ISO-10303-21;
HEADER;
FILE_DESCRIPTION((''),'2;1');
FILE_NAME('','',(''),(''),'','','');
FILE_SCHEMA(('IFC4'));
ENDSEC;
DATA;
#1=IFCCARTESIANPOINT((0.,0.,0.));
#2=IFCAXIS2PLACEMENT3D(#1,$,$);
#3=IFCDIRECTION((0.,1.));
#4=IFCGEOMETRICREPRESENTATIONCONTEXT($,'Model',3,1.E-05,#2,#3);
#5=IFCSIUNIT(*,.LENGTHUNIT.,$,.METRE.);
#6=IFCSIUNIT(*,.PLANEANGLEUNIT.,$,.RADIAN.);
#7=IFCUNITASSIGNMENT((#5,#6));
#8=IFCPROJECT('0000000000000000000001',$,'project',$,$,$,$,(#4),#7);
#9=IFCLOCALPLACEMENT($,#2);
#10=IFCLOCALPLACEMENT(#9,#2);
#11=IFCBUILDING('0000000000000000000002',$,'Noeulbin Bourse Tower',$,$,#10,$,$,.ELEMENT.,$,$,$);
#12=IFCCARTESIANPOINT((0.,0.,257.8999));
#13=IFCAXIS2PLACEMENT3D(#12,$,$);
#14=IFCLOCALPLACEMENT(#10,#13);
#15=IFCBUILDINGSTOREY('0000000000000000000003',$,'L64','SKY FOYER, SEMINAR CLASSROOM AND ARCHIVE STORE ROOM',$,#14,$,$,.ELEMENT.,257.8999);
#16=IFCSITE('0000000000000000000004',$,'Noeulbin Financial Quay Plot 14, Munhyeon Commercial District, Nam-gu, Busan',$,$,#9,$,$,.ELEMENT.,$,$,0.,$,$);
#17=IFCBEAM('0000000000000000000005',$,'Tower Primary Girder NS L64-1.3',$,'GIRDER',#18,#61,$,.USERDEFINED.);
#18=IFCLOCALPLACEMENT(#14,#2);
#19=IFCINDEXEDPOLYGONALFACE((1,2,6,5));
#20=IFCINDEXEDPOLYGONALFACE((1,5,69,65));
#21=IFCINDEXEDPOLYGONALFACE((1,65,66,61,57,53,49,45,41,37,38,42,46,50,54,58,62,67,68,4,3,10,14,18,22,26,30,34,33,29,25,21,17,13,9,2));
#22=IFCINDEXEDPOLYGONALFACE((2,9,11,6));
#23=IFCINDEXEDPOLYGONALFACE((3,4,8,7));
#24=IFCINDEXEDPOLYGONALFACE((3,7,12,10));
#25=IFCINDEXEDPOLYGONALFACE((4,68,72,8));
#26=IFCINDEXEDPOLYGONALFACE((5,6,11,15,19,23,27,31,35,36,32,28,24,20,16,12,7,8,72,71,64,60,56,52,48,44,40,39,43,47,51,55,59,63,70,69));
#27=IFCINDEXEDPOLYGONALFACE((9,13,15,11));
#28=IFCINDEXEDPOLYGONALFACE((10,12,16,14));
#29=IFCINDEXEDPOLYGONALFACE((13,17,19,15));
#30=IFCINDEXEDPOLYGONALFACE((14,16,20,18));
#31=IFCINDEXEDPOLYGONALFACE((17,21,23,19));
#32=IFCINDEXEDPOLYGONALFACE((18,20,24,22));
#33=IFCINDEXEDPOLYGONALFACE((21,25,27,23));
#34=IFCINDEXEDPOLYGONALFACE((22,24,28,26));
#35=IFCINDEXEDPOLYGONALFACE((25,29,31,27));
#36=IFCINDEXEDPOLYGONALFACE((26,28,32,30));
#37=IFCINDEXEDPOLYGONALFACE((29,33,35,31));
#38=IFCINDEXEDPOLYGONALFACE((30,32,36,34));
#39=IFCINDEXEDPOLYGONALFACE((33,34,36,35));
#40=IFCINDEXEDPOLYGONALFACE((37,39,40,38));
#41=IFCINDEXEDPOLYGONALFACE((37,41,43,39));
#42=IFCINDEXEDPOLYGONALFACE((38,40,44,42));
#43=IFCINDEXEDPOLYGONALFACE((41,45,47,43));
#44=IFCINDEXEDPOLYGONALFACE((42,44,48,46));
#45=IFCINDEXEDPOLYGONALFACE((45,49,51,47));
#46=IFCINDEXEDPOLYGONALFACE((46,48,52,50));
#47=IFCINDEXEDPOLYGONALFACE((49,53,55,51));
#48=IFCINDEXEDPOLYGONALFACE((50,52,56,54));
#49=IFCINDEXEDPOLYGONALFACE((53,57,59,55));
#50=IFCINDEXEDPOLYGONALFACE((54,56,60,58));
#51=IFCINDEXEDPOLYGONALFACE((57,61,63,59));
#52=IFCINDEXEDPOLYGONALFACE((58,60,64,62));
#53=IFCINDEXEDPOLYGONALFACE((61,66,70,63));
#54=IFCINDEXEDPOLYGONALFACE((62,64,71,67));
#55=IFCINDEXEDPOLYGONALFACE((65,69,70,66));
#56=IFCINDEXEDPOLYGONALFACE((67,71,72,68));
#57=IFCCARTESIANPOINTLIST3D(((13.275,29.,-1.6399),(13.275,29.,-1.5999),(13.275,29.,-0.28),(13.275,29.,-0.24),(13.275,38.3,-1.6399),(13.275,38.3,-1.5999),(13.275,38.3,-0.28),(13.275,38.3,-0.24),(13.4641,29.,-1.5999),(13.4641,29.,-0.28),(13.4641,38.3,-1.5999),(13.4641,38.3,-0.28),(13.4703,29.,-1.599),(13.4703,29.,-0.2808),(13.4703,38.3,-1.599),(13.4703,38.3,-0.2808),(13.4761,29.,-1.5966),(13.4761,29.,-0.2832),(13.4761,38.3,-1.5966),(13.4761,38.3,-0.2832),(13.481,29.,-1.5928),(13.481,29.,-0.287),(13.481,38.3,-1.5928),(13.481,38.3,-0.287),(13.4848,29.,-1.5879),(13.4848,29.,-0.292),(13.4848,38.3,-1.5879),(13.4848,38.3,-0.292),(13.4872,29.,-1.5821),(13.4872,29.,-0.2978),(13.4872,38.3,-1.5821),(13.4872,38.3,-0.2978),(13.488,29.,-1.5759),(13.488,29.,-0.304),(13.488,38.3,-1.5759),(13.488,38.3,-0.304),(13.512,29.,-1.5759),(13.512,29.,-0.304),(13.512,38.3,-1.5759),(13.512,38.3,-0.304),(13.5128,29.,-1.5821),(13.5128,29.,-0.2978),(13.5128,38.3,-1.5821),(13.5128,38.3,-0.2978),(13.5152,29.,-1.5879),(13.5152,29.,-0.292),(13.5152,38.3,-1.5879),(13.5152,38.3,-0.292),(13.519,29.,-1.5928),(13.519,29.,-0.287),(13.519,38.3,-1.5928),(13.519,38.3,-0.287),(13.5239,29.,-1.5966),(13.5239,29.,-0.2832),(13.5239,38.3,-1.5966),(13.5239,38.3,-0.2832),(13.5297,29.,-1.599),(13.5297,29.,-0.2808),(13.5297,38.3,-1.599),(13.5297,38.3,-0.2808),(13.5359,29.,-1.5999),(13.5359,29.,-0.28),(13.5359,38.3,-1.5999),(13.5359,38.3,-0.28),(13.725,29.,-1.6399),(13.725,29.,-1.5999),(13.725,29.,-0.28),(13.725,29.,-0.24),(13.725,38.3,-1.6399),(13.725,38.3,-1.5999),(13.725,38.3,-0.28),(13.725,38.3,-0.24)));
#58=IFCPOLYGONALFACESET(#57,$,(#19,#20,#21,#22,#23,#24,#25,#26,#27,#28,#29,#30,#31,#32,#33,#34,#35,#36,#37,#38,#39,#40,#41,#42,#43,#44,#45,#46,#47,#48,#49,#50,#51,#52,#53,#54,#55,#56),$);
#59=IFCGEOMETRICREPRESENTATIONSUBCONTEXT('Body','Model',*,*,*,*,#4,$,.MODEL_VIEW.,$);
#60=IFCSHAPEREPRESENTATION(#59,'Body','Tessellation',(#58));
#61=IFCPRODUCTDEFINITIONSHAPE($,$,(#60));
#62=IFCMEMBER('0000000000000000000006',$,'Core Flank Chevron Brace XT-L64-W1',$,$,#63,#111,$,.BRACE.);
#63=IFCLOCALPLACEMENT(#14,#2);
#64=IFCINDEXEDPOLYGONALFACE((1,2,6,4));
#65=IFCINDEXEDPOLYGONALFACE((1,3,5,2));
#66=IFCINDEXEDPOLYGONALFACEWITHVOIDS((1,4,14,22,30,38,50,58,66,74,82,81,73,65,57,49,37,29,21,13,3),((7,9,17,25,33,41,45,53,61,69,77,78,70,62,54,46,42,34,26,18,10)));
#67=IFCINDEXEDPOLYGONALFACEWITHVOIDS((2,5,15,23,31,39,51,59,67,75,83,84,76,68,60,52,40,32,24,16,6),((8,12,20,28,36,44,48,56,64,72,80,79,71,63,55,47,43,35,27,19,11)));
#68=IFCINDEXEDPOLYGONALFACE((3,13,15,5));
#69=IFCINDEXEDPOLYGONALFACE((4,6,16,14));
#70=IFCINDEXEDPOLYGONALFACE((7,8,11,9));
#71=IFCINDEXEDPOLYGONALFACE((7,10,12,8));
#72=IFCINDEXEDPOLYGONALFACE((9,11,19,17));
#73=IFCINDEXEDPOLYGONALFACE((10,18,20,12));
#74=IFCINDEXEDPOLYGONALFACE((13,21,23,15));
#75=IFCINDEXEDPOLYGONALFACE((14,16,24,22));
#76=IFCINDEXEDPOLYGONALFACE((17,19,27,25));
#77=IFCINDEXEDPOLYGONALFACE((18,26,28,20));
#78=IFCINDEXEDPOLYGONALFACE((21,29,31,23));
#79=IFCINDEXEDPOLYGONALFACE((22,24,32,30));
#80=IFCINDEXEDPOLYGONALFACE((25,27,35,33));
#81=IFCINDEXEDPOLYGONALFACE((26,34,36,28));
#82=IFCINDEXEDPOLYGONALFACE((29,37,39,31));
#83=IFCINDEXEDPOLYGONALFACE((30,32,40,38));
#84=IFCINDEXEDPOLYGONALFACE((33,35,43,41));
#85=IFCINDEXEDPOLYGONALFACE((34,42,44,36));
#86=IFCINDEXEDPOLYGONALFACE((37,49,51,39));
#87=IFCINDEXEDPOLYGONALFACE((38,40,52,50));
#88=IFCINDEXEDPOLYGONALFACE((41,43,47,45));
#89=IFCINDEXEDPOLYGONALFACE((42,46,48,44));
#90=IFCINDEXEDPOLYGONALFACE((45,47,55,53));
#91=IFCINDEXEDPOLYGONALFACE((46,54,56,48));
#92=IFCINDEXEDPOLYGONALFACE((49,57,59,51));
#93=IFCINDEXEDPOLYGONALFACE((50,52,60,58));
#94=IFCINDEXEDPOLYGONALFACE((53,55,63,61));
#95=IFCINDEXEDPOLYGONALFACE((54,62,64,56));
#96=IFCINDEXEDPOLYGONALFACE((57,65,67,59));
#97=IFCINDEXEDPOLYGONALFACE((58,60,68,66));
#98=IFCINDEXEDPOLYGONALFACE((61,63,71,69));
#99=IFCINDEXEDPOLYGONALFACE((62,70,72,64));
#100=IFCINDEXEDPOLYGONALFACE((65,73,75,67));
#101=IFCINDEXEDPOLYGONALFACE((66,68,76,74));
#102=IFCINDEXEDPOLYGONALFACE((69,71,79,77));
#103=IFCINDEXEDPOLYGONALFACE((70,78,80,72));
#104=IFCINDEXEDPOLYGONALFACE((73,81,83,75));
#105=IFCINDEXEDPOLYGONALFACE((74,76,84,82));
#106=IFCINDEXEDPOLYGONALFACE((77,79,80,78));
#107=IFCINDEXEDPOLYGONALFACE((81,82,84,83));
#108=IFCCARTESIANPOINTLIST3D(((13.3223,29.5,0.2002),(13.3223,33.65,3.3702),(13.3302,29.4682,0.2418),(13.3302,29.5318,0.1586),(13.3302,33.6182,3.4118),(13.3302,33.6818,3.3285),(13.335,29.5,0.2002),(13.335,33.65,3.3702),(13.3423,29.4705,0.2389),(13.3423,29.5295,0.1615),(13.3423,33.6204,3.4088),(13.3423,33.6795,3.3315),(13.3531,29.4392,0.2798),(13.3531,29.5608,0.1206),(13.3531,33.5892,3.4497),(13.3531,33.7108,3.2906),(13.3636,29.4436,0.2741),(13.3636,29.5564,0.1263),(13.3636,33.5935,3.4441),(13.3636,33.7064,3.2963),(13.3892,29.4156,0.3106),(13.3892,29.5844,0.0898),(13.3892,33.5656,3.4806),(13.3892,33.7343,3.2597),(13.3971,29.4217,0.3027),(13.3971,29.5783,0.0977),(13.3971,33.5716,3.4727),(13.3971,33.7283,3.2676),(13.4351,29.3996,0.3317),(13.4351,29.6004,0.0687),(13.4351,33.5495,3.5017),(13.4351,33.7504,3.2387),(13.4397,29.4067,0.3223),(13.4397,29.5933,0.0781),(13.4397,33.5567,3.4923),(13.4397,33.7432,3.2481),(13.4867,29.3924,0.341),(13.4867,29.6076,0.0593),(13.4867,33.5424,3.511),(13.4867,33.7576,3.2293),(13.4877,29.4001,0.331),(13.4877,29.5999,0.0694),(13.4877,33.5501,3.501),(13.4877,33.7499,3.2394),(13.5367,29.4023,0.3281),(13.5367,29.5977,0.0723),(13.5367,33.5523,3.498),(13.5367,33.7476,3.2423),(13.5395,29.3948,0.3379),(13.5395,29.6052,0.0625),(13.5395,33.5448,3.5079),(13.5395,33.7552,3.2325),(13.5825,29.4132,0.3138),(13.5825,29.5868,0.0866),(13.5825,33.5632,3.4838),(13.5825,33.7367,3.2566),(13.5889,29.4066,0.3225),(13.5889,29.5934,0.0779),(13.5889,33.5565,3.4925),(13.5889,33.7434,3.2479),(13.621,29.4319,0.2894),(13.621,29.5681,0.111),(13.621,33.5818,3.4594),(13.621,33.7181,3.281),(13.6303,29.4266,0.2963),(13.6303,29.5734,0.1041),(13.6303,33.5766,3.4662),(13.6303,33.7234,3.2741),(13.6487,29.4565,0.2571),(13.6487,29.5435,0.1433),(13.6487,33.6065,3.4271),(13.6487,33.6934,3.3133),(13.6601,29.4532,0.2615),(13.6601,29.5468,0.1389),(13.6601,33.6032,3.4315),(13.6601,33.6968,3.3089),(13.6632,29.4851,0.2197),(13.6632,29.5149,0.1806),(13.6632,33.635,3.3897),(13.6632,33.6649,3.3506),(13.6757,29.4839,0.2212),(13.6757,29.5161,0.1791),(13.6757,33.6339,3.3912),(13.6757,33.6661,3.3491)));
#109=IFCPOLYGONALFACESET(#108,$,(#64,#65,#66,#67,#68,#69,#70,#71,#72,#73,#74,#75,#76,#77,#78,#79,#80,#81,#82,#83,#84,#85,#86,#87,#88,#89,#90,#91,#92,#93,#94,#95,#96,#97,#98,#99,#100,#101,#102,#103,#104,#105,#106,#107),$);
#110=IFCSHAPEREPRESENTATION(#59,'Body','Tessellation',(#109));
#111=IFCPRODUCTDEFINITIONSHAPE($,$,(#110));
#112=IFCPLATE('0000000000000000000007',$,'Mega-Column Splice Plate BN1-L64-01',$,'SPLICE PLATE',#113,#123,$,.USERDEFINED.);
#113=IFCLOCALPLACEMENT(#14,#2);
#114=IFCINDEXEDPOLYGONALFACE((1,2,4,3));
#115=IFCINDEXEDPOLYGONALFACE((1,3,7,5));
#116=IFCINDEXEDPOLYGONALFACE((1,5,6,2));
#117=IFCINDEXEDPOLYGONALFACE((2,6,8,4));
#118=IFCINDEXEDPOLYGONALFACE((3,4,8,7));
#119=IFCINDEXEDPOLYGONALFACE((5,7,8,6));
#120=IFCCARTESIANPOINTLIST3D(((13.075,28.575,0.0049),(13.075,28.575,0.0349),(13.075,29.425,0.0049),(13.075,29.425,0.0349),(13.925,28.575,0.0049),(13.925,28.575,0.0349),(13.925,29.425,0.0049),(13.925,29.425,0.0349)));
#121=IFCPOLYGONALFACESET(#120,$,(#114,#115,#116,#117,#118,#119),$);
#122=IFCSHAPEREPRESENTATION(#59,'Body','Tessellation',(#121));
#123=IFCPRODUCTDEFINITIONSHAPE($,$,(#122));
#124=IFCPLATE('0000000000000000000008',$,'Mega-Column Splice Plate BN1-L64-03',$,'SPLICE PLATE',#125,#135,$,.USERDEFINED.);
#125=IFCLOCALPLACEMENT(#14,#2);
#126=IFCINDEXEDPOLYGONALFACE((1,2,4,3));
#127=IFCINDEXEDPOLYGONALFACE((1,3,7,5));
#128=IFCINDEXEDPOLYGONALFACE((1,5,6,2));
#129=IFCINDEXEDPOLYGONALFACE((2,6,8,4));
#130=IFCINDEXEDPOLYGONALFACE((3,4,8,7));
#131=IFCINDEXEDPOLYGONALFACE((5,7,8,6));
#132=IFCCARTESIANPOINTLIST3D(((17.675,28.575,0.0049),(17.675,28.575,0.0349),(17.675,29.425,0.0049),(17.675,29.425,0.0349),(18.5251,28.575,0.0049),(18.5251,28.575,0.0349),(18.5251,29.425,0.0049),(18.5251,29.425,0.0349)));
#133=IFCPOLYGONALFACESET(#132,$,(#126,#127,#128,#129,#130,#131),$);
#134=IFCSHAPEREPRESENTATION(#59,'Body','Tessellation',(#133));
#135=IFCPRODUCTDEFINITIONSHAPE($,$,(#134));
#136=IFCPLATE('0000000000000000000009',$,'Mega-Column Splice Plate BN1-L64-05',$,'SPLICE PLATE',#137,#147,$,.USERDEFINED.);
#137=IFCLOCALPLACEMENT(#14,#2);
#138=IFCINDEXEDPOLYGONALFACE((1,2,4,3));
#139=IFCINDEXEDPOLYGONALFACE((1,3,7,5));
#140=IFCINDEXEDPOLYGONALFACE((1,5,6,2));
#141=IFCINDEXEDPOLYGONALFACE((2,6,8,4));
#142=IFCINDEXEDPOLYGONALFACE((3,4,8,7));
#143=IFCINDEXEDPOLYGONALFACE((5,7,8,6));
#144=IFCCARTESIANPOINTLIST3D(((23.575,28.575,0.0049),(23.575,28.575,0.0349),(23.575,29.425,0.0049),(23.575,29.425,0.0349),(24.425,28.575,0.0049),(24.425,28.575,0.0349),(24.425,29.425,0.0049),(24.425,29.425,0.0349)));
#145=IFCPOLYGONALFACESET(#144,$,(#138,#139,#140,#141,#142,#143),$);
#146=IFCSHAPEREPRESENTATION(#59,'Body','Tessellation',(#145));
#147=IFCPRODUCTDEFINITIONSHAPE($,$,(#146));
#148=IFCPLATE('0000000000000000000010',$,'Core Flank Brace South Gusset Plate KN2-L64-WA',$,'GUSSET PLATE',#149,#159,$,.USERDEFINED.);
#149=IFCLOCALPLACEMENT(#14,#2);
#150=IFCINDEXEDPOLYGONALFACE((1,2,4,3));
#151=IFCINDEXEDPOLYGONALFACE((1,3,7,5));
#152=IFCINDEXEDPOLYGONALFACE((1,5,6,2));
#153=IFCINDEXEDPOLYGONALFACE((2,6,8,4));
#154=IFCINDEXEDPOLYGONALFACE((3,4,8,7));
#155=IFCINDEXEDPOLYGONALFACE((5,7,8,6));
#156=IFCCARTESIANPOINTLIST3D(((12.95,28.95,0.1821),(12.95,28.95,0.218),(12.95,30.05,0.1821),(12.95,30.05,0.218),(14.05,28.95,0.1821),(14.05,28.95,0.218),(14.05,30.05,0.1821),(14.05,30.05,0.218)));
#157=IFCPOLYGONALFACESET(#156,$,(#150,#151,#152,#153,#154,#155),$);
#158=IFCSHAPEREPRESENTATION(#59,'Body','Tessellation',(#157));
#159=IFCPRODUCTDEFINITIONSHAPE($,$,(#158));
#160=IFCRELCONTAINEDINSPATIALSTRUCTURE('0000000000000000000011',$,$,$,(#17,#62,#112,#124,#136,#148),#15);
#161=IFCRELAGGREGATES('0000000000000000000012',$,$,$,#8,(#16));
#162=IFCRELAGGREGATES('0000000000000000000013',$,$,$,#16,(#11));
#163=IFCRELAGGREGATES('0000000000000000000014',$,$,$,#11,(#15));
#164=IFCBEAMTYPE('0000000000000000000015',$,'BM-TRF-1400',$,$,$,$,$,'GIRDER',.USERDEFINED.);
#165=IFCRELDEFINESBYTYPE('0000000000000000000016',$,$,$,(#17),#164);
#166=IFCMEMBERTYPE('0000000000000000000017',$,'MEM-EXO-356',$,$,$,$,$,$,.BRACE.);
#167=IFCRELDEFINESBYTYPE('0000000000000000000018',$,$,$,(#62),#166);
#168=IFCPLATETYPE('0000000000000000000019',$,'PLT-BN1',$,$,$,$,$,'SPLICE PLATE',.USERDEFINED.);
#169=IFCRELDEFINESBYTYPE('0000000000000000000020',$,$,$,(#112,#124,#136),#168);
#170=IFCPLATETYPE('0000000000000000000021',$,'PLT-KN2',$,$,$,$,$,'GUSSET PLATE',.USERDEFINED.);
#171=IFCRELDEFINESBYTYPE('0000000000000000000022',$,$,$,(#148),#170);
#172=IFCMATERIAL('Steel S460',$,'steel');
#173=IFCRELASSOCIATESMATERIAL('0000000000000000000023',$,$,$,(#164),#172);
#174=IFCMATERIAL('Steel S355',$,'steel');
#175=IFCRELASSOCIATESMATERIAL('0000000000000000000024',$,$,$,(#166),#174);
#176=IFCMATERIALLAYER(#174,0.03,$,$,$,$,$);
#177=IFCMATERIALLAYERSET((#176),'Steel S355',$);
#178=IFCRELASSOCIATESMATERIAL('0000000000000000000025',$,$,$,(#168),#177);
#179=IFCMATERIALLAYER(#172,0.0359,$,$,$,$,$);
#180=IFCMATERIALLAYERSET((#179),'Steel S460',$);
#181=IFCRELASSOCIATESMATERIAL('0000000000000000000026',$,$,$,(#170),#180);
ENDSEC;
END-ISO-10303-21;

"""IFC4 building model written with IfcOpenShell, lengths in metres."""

from ifc_helpers import new_model, si_unit, direction, frame, origin, origin_2d, place, context, subcontext, project, spatial, rectangle, hollow_circle, i_section, extrude, material, layer, layer_set, material_profile, profile_set, type_object, element, save


model = new_model("IFC4")

# Units and contexts
model_context = context("Model", 3, precision=1e-05, world=origin(), true_north=direction((0.0, 1.0)))
body_context = subcontext(model_context, "Body", "Model", "MODEL_VIEW")
ifc_project = project(units=[si_unit("LENGTHUNIT", "METRE"), si_unit("PLANEANGLEUNIT", "RADIAN")], contexts=[model_context])

# Site, building, storey
site_placement = place(None, origin())
site = spatial("IfcSite", under=ifc_project, at=site_placement, Name="Noeulbin Financial Quay Plot 14, Munhyeon Commercial District, Nam-gu, Busan", CompositionType="ELEMENT", RefElevation=0.0)
building_placement = place(site_placement, origin())
building = spatial("IfcBuilding", under=site, at=building_placement, Name="Noeulbin Bourse Tower", CompositionType="ELEMENT")
storey_placement = place(building_placement, frame((0.0, 0.0, 257.8999)))
storey = spatial("IfcBuildingStorey", under=building, at=storey_placement, Name="L64", Description="SKY FOYER, SEMINAR CLASSROOM AND ARCHIVE STORE ROOM", CompositionType="ELEMENT", Elevation=257.8999)

# Shared definitions
ifc_material_1 = material(Name="Steel S355", Category="steel")

# Beam
ifc_material_2 = material(Name="Steel S460", Category="steel")
ifc_material_profile_1 = material_profile(ifc_material_2, i_section(OverallWidth=0.45, OverallDepth=1.3999, WebThickness=0.0239, FlangeThickness=0.04, FilletRadius=0.0239, at=origin_2d()), Name="PG-1400x450x24x40", Category="LoadBearing")
ifc_profile_set_1 = profile_set([ifc_material_profile_1], Name="Steel S460")
beam_type_1 = type_object("IfcBeamType", Name="BM-TRF-1400", ElementType="GIRDER", PredefinedType="USERDEFINED", material=ifc_profile_set_1)
beam_1_placement = place(storey_placement, frame((13.5, 29.0, -0.9399), z_axis=(0.0, 1.0, 0.0), x_axis=(-1.0, 0.0, 0.0)))
element("IfcBeam", 1, at=beam_1_placement, inside=storey, type_object=beam_type_1, Name="Tower Primary Girder NS L64-1.3", ObjectType="GIRDER", PredefinedType="USERDEFINED", context=body_context, shape_type="SweptSolid", body=[
    extrude(i_section(OverallWidth=0.45, OverallDepth=1.3999, WebThickness=0.0239, FlangeThickness=0.04, FilletRadius=0.0239, at=origin_2d()), origin(), (0.0, 0.0, 1.0), 9.3),
])

# Member
ifc_material_profile_2 = material_profile(ifc_material_1, hollow_circle(Radius=0.1777, WallThickness=0.0127, at=origin_2d()), Name="CHS-355.6x12.7", Category="LoadBearing")
ifc_profile_set_2 = profile_set([ifc_material_profile_2], Name="Steel S355")
member_type = type_object("IfcMemberType", Name="MEM-EXO-356", PredefinedType="BRACE", material=ifc_profile_set_2)
member_placement = place(storey_placement, frame((13.5, 29.5, 0.2002), z_axis=(0.0, 0.794684, 0.607023), x_axis=(-1.0, 0.0, 0.0)))
element("IfcMember", 2, at=member_placement, inside=storey, type_object=member_type, Name="Core Flank Chevron Brace XT-L64-W1", PredefinedType="BRACE", context=body_context, shape_type="SweptSolid", body=[
    extrude(hollow_circle(Radius=0.1777, WallThickness=0.0127, at=origin_2d()), origin(), (0.0, 0.0, 1.0), 5.2222),
])

# Plates
ifc_layer_1 = layer(ifc_material_1, 0.03)
ifc_layer_set_1 = layer_set([ifc_layer_1], Name="Steel S355")
plate_type_1 = type_object("IfcPlateType", Name="PLT-BN1", ElementType="SPLICE PLATE", PredefinedType="USERDEFINED", material=ifc_layer_set_1)
for number, where, z_axis, x_axis, name in (
    (3, (13.5, 29.0, 0.0049), (0.0, 0.0, 1.0), (1.0, 0.0, 0.0), "Mega-Column Splice Plate BN1-L64-01"),
    (4, (18.1001, 29.0, 0.0049), (0.0, 0.0, 1.0), (1.0, 0.0, 0.0), "Mega-Column Splice Plate BN1-L64-03"),
    (5, (24.0, 29.0, 0.0049), (0.0, 0.0, 1.0), (1.0, 0.0, 0.0), "Mega-Column Splice Plate BN1-L64-05"),
):
    element("IfcPlate", number, at=place(storey_placement, frame(where, z_axis=z_axis, x_axis=x_axis)), inside=storey, type_object=plate_type_1, Name=name, ObjectType="SPLICE PLATE", PredefinedType="USERDEFINED", context=body_context, shape_type="SweptSolid", body=[
        extrude(rectangle(XDim=0.8501, YDim=0.8501, at=origin_2d()), origin(), (0.0, 0.0, 1.0), 0.03),
    ])
ifc_layer_2 = layer(ifc_material_2, 0.0359)
ifc_layer_set_2 = layer_set([ifc_layer_2], Name="Steel S460")
plate_type_2 = type_object("IfcPlateType", Name="PLT-KN2", ElementType="GUSSET PLATE", PredefinedType="USERDEFINED", material=ifc_layer_set_2)
plate_placement = place(storey_placement, frame((13.5, 29.5, 0.1821), z_axis=(0.0, 0.0, 1.0), x_axis=(1.0, 0.0, 0.0)))
element("IfcPlate", 6, at=plate_placement, inside=storey, type_object=plate_type_2, Name="Core Flank Brace South Gusset Plate KN2-L64-WA", ObjectType="GUSSET PLATE", PredefinedType="USERDEFINED", context=body_context, shape_type="SweptSolid", body=[
    extrude(rectangle(XDim=1.1001, YDim=1.1001, at=origin_2d()), origin(), (0.0, 0.0, 1.0), 0.0359),
])

save(model, "model.ifc")
